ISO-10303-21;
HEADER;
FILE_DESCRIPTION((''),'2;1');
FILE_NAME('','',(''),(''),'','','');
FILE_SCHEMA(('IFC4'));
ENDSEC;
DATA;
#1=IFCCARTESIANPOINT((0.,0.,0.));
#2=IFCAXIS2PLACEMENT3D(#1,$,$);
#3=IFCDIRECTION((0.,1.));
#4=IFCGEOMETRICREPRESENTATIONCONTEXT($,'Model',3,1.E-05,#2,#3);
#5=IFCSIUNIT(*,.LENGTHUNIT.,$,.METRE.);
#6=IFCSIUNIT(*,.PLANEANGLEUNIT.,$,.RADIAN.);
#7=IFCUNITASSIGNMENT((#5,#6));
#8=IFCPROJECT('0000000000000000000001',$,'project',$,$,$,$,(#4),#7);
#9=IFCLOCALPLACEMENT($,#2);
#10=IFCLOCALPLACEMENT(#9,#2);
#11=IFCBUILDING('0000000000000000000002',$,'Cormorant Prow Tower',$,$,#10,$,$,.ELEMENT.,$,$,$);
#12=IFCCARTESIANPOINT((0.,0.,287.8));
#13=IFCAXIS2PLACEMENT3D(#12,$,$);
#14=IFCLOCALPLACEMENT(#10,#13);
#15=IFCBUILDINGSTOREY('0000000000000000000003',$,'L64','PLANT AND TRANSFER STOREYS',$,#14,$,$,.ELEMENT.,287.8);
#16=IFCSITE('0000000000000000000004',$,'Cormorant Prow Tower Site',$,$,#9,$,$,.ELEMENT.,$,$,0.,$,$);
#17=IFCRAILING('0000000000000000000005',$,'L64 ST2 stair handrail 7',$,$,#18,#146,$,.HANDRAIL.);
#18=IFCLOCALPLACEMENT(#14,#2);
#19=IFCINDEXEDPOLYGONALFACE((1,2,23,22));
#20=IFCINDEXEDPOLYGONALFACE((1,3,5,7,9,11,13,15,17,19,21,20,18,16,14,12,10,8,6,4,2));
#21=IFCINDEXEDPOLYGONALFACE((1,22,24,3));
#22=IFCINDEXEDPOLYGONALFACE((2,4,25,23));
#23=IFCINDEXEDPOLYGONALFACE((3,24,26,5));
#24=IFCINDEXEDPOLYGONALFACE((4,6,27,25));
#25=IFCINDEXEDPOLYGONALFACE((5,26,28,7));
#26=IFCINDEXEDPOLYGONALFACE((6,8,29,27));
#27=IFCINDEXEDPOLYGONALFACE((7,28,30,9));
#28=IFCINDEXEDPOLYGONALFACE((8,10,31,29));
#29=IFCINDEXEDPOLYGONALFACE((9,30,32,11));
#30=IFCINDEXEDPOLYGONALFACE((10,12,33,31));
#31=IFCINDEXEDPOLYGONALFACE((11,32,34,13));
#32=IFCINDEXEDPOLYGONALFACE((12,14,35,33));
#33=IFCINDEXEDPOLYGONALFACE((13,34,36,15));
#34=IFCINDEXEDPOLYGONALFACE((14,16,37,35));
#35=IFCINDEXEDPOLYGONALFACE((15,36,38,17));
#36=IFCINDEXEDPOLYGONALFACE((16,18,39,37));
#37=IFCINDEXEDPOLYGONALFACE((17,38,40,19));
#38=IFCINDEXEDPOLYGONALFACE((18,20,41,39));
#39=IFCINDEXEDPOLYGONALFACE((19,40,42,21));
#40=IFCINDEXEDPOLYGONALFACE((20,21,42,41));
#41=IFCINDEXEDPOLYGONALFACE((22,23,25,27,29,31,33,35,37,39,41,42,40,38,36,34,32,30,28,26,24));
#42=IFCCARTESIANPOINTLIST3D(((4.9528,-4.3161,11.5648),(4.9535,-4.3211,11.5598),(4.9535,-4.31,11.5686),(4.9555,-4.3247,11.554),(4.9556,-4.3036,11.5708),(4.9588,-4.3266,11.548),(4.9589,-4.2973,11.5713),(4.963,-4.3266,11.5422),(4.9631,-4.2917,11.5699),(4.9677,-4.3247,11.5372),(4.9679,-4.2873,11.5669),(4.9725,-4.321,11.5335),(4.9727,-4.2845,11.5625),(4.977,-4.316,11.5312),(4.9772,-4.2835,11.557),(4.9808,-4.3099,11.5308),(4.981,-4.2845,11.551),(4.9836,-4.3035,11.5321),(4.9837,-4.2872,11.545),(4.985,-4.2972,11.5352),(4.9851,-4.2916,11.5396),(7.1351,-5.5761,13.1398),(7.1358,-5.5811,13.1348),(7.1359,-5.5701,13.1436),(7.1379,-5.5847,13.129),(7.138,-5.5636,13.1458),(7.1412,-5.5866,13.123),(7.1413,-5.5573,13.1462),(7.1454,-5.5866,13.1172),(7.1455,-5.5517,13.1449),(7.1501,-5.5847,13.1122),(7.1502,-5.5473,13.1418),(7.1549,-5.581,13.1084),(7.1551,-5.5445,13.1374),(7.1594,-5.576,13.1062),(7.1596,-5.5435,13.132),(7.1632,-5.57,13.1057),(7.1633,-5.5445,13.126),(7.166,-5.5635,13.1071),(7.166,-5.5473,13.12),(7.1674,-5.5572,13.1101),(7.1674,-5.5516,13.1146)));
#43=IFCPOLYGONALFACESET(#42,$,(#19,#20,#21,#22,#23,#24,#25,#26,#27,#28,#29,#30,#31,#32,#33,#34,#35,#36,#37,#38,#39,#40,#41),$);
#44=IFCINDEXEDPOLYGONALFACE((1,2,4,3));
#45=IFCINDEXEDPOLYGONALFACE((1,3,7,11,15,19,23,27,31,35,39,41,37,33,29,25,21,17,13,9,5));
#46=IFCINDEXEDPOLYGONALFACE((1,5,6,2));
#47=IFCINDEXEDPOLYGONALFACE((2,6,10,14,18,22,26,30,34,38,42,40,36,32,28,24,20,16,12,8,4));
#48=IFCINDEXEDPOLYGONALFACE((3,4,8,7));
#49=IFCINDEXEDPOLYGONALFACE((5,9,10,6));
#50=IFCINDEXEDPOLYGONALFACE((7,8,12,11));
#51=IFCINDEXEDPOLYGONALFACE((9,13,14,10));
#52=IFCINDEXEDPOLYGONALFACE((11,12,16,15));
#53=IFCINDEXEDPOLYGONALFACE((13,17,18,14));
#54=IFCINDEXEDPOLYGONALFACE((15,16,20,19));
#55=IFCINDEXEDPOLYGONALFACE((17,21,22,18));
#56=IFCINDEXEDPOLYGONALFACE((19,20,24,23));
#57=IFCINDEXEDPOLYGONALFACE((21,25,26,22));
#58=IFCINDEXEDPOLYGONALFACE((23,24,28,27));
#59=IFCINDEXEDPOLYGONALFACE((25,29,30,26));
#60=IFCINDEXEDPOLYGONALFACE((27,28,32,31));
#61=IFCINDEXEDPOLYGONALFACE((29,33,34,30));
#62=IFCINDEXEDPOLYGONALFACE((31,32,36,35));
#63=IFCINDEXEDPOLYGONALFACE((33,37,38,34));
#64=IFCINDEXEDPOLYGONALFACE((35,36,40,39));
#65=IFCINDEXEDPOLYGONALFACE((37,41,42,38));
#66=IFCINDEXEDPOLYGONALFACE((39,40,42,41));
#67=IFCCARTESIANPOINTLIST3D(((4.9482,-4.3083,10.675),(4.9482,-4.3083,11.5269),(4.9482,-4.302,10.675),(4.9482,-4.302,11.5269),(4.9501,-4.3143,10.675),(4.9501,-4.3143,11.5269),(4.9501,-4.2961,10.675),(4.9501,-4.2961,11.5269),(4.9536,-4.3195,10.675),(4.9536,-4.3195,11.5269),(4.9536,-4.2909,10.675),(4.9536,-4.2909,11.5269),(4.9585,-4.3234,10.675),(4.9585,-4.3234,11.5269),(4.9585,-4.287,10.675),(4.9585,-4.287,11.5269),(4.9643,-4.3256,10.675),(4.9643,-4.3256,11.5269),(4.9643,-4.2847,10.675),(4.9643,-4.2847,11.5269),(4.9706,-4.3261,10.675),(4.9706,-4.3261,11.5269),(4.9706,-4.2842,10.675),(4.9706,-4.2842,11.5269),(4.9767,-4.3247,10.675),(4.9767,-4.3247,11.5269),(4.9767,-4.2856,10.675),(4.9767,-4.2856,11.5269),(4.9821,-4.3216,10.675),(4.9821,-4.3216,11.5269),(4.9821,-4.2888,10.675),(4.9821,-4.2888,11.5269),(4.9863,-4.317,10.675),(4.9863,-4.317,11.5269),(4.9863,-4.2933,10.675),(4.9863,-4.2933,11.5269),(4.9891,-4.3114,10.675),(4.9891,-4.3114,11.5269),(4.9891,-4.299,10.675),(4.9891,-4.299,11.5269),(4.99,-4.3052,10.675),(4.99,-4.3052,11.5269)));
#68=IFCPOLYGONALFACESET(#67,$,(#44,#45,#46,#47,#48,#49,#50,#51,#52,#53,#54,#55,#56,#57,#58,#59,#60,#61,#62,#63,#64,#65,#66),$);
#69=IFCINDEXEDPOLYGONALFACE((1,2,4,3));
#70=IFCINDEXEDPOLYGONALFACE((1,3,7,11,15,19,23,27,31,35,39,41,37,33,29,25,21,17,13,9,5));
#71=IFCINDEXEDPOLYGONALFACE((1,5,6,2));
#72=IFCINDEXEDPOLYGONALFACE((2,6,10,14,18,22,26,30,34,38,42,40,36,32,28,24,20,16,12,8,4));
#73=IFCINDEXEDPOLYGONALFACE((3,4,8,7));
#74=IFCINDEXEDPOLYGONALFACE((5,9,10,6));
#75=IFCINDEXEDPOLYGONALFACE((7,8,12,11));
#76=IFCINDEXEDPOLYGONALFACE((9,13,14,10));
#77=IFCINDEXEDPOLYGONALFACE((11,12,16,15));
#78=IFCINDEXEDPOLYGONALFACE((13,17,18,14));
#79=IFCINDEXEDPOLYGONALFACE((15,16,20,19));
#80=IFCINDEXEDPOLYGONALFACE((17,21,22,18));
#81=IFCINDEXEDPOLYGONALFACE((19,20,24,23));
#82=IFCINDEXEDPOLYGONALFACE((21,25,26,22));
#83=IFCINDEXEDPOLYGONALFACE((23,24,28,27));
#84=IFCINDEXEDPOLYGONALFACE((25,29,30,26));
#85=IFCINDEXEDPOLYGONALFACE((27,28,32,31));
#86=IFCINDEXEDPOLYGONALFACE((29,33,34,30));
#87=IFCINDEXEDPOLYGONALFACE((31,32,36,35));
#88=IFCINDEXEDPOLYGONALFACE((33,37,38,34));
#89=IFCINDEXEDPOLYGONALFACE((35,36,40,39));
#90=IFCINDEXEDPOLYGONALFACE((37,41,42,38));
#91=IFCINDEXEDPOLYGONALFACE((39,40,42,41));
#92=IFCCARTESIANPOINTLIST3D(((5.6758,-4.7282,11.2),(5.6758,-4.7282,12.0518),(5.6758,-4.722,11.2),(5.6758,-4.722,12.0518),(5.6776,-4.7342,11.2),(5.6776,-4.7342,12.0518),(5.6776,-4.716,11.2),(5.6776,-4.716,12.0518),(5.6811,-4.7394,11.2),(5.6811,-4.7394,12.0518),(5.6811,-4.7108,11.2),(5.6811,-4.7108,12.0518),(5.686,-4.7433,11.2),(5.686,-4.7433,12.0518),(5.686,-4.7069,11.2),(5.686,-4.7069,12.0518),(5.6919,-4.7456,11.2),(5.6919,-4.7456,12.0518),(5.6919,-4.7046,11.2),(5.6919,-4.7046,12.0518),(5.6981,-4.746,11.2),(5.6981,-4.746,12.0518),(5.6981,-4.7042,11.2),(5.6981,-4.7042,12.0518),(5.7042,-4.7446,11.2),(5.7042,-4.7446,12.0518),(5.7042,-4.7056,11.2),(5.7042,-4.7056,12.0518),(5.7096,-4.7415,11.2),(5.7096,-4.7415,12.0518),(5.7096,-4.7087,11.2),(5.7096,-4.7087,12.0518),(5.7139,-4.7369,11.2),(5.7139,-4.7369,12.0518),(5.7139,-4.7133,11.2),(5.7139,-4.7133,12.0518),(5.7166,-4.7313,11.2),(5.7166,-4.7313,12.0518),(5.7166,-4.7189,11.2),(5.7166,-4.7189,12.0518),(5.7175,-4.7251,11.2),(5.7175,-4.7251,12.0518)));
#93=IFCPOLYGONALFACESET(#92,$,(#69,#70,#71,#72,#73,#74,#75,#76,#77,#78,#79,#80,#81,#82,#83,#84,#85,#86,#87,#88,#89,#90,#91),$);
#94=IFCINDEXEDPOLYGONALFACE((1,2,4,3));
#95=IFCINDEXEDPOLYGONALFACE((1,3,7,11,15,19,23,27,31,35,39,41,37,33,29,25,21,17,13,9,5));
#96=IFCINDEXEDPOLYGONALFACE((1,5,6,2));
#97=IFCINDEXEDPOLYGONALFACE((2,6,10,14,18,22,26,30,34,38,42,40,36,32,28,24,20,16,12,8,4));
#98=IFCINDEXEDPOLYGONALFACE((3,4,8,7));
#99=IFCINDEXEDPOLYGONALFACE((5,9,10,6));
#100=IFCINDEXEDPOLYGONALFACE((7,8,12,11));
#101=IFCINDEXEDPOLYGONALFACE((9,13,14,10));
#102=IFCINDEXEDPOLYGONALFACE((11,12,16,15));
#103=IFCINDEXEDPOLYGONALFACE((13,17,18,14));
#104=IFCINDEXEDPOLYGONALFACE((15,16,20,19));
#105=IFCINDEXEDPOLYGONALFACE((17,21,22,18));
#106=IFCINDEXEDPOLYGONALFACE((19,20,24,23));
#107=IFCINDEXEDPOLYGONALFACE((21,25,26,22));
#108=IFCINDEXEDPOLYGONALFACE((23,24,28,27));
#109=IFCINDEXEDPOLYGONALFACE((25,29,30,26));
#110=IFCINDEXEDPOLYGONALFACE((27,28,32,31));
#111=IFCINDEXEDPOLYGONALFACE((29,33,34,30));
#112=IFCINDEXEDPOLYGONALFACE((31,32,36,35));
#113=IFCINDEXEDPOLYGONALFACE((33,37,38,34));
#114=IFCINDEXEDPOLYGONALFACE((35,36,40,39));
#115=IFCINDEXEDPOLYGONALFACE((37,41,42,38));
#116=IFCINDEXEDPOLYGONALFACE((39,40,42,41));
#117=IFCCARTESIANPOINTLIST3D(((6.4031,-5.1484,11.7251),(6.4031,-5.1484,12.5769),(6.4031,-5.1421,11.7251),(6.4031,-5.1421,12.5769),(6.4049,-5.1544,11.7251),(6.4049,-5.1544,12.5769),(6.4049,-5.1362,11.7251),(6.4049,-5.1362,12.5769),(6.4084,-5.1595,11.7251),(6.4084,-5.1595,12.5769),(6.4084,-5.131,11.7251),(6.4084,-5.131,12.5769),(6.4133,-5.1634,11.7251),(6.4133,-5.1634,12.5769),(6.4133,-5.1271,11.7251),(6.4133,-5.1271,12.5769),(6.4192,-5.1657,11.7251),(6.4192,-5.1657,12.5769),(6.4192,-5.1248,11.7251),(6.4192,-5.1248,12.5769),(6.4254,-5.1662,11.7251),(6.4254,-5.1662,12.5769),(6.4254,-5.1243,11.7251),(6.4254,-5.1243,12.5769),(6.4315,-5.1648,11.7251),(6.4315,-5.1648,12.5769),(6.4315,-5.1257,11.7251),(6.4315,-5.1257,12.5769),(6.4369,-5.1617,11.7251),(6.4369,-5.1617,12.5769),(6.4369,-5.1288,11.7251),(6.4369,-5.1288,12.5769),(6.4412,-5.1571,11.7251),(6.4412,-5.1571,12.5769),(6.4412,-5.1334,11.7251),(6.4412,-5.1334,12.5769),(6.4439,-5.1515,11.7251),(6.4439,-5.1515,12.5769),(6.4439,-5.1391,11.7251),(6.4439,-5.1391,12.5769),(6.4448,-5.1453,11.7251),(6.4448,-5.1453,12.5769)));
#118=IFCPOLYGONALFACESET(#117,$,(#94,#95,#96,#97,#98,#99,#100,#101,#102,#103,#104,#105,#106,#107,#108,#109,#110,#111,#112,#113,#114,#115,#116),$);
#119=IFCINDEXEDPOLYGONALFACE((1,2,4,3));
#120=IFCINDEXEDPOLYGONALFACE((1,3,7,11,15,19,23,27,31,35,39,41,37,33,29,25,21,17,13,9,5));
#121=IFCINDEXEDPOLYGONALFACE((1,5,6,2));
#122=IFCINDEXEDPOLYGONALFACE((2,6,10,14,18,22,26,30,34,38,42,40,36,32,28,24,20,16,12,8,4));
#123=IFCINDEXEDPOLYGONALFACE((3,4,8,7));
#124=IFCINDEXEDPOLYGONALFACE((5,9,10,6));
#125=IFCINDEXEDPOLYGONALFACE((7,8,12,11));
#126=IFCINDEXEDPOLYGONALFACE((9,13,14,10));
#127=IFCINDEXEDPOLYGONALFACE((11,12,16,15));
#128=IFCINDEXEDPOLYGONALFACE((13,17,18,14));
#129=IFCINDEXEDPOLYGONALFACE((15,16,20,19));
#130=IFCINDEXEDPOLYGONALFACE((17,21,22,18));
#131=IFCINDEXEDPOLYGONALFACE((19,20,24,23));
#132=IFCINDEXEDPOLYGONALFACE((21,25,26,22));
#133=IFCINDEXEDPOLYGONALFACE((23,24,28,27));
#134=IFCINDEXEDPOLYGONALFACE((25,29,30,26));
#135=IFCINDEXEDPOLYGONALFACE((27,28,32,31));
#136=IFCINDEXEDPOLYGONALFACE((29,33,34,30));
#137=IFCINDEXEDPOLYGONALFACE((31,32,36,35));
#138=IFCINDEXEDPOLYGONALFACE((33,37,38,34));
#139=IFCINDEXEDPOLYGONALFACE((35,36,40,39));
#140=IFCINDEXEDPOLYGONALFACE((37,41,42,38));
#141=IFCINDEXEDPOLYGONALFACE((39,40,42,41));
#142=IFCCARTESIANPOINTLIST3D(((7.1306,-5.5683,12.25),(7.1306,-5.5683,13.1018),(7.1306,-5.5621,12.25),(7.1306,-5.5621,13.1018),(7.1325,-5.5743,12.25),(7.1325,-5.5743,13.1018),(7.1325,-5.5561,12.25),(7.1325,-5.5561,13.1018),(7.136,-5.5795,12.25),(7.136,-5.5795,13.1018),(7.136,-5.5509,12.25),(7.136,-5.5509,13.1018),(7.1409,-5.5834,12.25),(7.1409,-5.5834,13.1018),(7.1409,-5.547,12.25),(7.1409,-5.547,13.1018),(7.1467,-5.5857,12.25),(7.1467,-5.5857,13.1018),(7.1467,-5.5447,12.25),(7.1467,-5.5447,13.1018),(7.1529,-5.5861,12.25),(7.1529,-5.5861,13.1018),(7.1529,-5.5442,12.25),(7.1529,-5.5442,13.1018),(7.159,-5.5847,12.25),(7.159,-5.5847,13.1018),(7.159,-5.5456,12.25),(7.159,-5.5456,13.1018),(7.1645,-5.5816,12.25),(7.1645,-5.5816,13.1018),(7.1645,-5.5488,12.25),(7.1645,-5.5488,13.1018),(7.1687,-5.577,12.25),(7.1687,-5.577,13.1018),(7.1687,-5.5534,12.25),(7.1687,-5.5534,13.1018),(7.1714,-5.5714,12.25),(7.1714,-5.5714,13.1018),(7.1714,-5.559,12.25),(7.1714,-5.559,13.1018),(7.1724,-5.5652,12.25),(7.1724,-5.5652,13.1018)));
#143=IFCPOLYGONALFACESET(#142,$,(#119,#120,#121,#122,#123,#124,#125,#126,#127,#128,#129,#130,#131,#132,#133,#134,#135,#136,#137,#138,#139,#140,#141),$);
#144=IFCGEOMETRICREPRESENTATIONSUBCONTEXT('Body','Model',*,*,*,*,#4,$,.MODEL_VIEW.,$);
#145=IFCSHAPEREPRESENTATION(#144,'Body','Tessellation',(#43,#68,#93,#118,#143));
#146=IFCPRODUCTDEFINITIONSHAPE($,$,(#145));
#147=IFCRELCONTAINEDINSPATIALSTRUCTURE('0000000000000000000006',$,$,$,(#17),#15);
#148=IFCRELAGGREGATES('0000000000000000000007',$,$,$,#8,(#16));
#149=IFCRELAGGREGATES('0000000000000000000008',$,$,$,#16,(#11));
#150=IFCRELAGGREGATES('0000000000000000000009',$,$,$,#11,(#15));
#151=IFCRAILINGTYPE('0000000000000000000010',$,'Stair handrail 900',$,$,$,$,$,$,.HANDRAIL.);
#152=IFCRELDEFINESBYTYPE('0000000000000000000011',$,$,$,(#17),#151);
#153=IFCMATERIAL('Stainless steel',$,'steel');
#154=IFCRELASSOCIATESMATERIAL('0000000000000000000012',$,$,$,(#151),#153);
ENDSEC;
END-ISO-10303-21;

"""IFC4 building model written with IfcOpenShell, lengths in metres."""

from ifc_helpers import new_model, si_unit, direction, frame, origin, origin_2d, place, context, subcontext, project, spatial, circle, extrude, material, type_object, element, save


model = new_model("IFC4")

# Units and contexts
model_context = context("Model", 3, precision=1e-05, world=origin(), true_north=direction((0.0, 1.0)))
body_context = subcontext(model_context, "Body", "Model", "MODEL_VIEW")
ifc_project = project(units=[si_unit("LENGTHUNIT", "METRE"), si_unit("PLANEANGLEUNIT", "RADIAN")], contexts=[model_context])

# Site, building, storey
site_placement = place(None, origin())
site = spatial("IfcSite", under=ifc_project, at=site_placement, Name="Cormorant Prow Tower Site", CompositionType="ELEMENT", RefElevation=0.0)
building_placement = place(site_placement, origin())
building = spatial("IfcBuilding", under=site, at=building_placement, Name="Cormorant Prow Tower", CompositionType="ELEMENT")
storey_placement = place(building_placement, frame((0.0, 0.0, 287.8)))
storey = spatial("IfcBuildingStorey", under=building, at=storey_placement, Name="L64", Description="PLANT AND TRANSFER STOREYS", CompositionType="ELEMENT", Elevation=287.8)

# Railing
ifc_material_1 = material(Name="Stainless steel", Category="steel")
railing_type_1 = type_object("IfcRailingType", Name="Stair handrail 900", PredefinedType="HANDRAIL", material=ifc_material_1)
for number, where, name in (
    (1, (4.969, -4.3052, 10.675), "L64 ST2 stair handrail 7"),
):
    element("IfcRailing", number, at=place(storey_placement, frame(where)), inside=storey, type_object=railing_type_1, Name=name, PredefinedType="HANDRAIL", context=body_context, shape_type="SweptSolid", body=[
        extrude(circle(Radius=0.0239, at=origin_2d()), frame((0.0, 0.0, 0.876), z_axis=(0.734392, -0.424007, 0.529988), x_axis=(0.500005, 0.866023, 0.0)), (0.0, 0.0, 1.0), 2.9717),
        extrude(circle(Radius=0.021, at=origin_2d()), origin(), (0.0, 0.0, 1.0), 0.8518),
        extrude(circle(Radius=0.021, at=origin_2d()), frame((0.7275, -0.4199, 0.5249)), (0.0, 0.0, 1.0), 0.8518),
        extrude(circle(Radius=0.021, at=origin_2d()), frame((1.4548, -0.8401, 1.05)), (0.0, 0.0, 1.0), 0.8518),
        extrude(circle(Radius=0.021, at=origin_2d()), frame((2.1824, -1.26, 1.575)), (0.0, 0.0, 1.0), 0.8518),
    ])

save(model, "model.ifc")
